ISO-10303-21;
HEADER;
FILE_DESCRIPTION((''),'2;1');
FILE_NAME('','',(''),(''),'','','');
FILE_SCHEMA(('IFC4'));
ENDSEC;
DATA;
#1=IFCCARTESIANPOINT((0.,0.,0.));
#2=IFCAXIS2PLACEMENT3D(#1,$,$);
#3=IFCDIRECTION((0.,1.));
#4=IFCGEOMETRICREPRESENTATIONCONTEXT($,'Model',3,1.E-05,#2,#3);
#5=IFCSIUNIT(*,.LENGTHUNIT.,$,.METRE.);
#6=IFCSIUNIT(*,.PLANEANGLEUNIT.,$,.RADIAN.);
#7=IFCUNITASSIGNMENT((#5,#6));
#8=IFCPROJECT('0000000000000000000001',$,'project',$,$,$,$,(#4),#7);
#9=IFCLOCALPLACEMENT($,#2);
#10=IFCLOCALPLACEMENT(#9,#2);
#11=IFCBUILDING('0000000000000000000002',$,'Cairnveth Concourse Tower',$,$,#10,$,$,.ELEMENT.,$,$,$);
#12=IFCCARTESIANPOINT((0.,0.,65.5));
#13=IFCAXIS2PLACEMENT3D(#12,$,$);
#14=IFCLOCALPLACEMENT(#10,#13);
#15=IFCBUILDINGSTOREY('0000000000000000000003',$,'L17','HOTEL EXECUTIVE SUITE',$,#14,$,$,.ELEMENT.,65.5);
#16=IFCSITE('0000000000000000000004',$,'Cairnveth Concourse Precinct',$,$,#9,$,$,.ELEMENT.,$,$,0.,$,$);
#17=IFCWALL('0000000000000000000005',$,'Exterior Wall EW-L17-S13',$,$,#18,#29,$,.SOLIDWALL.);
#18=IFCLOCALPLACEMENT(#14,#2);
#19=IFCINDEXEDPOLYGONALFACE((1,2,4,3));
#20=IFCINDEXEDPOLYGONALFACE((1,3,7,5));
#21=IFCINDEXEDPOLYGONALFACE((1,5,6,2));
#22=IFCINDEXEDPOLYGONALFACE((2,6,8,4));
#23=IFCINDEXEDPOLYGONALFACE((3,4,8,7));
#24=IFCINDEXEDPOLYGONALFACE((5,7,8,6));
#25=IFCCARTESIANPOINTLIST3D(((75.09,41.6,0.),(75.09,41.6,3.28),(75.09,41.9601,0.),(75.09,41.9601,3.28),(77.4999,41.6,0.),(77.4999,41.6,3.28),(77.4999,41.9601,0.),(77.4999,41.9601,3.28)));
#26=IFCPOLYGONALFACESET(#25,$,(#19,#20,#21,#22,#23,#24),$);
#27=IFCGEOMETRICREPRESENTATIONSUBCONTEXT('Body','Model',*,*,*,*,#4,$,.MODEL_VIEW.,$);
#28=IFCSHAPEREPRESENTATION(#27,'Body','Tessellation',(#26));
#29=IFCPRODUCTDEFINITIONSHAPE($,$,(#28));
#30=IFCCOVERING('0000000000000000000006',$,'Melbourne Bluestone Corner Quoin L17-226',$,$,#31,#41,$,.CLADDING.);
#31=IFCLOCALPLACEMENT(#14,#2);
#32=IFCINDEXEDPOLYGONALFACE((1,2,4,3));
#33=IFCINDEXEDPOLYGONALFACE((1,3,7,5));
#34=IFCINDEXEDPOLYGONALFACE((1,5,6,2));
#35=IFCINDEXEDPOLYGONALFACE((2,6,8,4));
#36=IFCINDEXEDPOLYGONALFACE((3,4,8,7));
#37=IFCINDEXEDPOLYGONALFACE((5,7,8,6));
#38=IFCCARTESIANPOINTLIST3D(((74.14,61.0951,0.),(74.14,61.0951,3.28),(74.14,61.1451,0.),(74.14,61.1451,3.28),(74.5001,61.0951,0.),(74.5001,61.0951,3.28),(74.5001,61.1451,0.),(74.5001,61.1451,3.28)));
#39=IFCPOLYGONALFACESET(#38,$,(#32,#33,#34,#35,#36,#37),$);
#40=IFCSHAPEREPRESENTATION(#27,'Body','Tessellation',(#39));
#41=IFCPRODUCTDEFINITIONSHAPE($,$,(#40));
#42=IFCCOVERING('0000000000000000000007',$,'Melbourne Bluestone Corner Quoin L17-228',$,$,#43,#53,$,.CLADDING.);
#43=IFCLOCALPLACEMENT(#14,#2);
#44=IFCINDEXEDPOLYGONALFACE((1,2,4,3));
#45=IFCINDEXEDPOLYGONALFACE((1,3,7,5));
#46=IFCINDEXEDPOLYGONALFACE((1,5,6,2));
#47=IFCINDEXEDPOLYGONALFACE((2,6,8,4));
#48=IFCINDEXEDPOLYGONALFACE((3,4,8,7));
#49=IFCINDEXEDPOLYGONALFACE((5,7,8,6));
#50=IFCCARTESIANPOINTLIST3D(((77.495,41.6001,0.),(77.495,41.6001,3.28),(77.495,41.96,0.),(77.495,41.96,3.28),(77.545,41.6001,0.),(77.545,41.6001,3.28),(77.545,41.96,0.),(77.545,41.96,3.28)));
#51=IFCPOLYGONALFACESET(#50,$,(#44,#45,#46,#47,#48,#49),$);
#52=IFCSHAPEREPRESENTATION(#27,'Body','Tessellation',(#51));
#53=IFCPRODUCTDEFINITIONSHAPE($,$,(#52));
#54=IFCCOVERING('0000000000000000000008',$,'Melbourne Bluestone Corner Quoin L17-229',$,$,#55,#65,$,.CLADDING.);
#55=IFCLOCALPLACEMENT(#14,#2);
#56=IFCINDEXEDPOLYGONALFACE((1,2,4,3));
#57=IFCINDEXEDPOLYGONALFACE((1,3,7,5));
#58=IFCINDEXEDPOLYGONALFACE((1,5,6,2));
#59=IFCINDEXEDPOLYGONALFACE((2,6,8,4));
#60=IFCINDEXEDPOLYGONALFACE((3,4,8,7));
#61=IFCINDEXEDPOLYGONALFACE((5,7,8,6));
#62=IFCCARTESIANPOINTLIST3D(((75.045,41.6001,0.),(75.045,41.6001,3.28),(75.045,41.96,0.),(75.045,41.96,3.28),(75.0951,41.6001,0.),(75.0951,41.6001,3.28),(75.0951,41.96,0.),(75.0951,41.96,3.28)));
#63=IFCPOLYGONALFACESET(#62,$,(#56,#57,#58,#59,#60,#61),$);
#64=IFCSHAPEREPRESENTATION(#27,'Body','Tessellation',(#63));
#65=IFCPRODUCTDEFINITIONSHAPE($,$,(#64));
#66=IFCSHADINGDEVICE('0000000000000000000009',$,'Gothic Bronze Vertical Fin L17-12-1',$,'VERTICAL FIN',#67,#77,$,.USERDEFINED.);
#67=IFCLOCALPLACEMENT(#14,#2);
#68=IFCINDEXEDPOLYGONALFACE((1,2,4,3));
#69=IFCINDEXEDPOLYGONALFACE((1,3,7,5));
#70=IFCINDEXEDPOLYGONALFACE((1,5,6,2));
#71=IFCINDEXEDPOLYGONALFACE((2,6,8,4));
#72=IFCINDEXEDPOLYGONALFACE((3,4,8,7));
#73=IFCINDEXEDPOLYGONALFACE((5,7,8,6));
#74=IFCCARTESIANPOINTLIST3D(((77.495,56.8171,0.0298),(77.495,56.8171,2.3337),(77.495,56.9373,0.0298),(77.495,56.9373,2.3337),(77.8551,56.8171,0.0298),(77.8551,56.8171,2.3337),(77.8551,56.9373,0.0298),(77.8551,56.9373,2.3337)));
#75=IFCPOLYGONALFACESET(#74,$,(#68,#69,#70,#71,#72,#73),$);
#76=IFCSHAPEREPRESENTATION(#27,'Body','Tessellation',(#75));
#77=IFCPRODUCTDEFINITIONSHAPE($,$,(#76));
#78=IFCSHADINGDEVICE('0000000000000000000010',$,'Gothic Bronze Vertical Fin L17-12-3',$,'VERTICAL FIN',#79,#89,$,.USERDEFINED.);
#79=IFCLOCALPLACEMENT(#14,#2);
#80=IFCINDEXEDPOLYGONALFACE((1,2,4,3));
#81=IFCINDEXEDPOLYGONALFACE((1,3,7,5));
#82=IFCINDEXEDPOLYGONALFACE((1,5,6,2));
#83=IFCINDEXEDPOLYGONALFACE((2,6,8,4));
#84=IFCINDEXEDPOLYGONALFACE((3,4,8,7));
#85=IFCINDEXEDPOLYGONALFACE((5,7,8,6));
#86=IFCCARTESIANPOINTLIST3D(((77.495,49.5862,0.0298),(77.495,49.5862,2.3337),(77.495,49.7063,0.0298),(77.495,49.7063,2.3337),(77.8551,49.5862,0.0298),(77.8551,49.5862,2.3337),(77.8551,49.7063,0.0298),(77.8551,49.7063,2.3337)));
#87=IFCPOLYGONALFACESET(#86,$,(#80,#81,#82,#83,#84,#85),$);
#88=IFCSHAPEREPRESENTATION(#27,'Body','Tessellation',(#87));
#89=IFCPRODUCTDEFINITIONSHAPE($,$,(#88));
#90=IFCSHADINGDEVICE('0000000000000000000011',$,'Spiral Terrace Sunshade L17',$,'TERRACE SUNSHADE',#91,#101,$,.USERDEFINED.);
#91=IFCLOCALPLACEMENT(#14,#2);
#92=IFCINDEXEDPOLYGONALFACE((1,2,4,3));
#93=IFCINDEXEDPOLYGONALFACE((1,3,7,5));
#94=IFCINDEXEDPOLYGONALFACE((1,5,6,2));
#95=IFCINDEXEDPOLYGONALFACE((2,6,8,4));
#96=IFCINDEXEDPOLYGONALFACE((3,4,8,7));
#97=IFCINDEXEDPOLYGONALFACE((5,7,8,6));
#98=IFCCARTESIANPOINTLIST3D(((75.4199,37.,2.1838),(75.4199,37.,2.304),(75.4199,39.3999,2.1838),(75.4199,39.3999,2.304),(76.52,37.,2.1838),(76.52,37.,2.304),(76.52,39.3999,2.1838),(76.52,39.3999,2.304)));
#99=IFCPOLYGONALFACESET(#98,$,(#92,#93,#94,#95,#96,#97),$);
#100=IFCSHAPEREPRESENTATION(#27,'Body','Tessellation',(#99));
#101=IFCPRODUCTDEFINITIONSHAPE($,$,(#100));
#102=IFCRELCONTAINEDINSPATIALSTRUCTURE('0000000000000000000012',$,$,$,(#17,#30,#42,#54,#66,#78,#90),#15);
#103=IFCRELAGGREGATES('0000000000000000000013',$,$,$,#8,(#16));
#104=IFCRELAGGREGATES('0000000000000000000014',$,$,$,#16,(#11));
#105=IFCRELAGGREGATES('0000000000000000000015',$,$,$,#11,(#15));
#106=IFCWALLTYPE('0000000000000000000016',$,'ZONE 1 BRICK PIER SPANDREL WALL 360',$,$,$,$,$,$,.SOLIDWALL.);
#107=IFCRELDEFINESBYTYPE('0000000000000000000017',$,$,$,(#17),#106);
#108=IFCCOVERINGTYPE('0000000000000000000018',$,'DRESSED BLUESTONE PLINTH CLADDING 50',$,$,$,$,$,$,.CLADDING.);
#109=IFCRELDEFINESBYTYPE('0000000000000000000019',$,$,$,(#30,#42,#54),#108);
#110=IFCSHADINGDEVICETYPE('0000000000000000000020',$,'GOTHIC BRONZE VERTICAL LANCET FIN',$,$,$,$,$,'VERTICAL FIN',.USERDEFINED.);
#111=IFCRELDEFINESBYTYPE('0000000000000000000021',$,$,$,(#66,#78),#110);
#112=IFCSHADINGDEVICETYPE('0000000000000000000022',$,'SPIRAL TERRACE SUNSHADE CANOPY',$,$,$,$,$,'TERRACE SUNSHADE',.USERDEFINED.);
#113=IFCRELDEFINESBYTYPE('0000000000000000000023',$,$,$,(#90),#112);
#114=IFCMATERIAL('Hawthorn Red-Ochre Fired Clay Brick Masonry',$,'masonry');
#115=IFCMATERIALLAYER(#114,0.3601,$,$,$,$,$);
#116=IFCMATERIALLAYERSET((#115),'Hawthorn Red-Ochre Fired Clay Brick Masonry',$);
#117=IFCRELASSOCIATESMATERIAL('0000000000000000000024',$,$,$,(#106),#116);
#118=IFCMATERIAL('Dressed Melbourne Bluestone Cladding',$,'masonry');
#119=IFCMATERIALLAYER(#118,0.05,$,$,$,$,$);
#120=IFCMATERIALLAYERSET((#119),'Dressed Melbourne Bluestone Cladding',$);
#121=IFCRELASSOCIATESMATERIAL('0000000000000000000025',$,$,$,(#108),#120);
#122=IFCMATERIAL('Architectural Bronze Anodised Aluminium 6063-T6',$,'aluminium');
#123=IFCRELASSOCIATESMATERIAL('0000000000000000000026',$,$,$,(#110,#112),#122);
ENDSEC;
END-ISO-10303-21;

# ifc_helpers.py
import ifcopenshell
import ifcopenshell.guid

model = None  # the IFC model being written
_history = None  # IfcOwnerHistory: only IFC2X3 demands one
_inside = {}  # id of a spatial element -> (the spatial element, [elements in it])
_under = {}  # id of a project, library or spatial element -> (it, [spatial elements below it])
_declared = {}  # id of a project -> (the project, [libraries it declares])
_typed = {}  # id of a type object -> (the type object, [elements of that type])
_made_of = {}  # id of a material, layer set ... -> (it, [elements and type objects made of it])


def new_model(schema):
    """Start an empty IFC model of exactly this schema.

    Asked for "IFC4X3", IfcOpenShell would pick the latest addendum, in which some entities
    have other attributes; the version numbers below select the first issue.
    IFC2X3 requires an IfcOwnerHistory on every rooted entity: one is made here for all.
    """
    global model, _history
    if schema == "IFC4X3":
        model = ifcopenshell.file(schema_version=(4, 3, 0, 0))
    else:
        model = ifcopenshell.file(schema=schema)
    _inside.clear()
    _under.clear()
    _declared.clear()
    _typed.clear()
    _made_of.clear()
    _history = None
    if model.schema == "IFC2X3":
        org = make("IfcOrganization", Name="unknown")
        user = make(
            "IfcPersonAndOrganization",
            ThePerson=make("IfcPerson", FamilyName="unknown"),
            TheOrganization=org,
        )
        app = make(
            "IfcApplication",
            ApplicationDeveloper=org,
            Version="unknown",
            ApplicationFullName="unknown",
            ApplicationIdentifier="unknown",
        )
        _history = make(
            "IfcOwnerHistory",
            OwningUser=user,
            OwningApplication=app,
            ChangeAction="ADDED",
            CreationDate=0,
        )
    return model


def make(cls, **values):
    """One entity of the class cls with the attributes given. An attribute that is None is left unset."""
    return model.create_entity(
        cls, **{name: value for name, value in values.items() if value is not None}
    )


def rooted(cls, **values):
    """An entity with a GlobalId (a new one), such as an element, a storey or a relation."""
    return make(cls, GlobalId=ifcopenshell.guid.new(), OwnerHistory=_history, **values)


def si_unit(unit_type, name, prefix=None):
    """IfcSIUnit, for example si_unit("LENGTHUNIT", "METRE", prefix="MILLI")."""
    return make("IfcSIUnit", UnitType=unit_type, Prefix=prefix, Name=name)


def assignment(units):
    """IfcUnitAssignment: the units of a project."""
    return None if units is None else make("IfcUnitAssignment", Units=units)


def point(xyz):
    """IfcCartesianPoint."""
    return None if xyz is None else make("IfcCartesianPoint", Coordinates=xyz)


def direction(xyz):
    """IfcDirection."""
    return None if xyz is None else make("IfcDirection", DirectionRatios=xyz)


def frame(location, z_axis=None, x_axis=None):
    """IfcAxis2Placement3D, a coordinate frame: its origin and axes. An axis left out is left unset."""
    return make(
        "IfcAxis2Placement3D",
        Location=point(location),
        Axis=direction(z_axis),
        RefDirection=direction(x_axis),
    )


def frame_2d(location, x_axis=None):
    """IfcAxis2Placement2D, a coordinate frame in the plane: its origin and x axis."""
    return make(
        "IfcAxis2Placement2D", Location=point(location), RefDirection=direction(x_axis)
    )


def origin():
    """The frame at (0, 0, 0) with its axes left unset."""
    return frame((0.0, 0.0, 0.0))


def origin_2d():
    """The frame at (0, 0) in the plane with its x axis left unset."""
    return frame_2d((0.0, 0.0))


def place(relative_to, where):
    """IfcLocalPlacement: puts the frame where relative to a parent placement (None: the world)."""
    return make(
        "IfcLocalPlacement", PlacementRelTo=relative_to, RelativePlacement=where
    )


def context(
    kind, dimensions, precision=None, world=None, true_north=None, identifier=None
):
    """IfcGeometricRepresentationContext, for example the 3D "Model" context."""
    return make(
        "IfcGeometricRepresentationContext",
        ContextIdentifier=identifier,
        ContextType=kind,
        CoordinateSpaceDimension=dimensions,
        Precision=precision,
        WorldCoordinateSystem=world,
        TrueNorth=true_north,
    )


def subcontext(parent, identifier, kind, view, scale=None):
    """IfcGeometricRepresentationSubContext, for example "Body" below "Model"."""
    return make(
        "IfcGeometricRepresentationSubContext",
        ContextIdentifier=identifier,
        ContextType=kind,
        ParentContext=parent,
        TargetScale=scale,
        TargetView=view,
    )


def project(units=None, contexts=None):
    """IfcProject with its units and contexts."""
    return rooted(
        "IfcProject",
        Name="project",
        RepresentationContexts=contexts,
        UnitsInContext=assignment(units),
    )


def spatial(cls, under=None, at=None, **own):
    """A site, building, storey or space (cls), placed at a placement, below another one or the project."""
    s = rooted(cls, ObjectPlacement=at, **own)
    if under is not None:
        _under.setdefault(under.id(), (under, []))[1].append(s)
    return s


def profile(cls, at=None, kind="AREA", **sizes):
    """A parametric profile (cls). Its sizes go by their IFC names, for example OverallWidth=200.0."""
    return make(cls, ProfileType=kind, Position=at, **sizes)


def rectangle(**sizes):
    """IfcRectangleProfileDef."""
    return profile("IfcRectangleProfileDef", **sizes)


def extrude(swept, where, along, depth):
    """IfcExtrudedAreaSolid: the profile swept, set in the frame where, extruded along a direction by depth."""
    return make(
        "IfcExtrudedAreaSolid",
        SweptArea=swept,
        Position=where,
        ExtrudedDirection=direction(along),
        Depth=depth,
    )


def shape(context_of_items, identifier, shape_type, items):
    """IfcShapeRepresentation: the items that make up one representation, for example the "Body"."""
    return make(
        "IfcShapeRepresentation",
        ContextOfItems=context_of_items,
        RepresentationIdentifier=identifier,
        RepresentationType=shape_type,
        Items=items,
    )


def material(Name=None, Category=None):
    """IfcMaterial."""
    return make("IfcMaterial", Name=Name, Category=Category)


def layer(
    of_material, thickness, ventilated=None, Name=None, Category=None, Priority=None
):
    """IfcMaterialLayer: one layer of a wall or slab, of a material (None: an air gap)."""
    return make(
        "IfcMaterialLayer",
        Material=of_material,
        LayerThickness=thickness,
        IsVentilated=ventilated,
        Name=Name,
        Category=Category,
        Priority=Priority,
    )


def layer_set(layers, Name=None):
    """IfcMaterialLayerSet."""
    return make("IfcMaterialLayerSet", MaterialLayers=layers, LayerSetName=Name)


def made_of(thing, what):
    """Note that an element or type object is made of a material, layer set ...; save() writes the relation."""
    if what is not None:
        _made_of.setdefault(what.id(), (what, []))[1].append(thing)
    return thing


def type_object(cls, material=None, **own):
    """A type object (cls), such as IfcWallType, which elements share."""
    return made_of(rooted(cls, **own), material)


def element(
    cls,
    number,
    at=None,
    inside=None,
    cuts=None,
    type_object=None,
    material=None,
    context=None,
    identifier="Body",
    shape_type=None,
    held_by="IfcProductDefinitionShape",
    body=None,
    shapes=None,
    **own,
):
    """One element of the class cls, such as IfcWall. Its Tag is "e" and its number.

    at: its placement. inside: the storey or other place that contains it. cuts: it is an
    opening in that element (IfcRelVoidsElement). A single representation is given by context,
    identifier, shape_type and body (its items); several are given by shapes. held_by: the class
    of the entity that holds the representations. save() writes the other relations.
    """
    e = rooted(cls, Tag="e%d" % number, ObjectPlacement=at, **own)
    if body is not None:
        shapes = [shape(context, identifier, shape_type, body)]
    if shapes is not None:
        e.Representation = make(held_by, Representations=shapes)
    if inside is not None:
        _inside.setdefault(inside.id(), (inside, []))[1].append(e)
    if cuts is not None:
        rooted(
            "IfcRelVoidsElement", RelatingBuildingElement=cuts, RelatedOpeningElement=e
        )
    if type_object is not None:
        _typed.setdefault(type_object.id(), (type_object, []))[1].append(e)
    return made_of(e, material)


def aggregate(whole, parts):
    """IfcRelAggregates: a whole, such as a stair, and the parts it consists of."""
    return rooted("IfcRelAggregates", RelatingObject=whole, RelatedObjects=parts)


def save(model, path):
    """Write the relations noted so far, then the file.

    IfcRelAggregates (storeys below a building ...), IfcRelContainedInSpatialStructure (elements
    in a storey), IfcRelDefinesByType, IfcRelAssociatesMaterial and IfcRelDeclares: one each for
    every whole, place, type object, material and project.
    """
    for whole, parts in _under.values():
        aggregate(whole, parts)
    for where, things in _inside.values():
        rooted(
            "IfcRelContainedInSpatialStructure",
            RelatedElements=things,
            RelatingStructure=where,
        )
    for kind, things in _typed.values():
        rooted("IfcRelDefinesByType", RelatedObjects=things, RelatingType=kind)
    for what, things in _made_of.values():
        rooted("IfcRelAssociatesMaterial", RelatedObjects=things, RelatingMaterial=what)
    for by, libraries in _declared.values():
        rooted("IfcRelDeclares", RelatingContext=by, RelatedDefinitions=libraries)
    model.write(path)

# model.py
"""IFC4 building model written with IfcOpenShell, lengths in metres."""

from ifc_helpers import new_model, si_unit, direction, frame, frame_2d, origin, origin_2d, place, context, subcontext, project, spatial, rectangle, extrude, material, layer, layer_set, type_object, element, save


model = new_model("IFC4")

# Units and contexts
model_context = context("Model", 3, precision=1e-05, world=origin(), true_north=direction((0.0, 1.0)))
body_context = subcontext(model_context, "Body", "Model", "MODEL_VIEW")
ifc_project = project(units=[si_unit("LENGTHUNIT", "METRE"), si_unit("PLANEANGLEUNIT", "RADIAN")], contexts=[model_context])

# Site, building, storey
site_placement = place(None, origin())
site = spatial("IfcSite", under=ifc_project, at=site_placement, Name="Cairnveth Concourse Precinct", CompositionType="ELEMENT", RefElevation=0.0)
building_placement = place(site_placement, origin())
building = spatial("IfcBuilding", under=site, at=building_placement, Name="Cairnveth Concourse Tower", CompositionType="ELEMENT")
storey_placement = place(building_placement, frame((0.0, 0.0, 65.5)))
storey = spatial("IfcBuildingStorey", under=building, at=storey_placement, Name="L17", Description="HOTEL EXECUTIVE SUITE", CompositionType="ELEMENT", Elevation=65.5)

# Wall
ifc_material_1 = material(Name="Hawthorn Red-Ochre Fired Clay Brick Masonry", Category="masonry")
ifc_layer_1 = layer(ifc_material_1, 0.3601)
ifc_layer_set_1 = layer_set([ifc_layer_1], Name="Hawthorn Red-Ochre Fired Clay Brick Masonry")
wall_type_1 = type_object("IfcWallType", Name="ZONE 1 BRICK PIER SPANDREL WALL 360", PredefinedType="SOLIDWALL", material=ifc_layer_set_1)
wall_1_placement = place(storey_placement, frame((77.5, 41.78, 0.0), z_axis=(0.0, 0.0, 1.0), x_axis=(-1.0, 0.0, 0.0)))
element("IfcWall", 1, at=wall_1_placement, inside=storey, type_object=wall_type_1, Name="Exterior Wall EW-L17-S13", PredefinedType="SOLIDWALL", context=body_context, shape_type="SweptSolid", body=[
    extrude(rectangle(XDim=2.4099, YDim=0.3601, at=frame_2d((1.2051, 0.0))), origin(), (0.0, 0.0, 1.0), 3.28),
])

# Shared definitions
ifc_material_2 = material(Name="Architectural Bronze Anodised Aluminium 6063-T6", Category="aluminium")

# Coverings
ifc_material_3 = material(Name="Dressed Melbourne Bluestone Cladding", Category="masonry")
ifc_layer_2 = layer(ifc_material_3, 0.05)
ifc_layer_set_2 = layer_set([ifc_layer_2], Name="Dressed Melbourne Bluestone Cladding")
covering_type = type_object("IfcCoveringType", Name="DRESSED BLUESTONE PLINTH CLADDING 50", PredefinedType="CLADDING", material=ifc_layer_set_2)
covering_placement = place(storey_placement, frame((74.1399, 61.1201, 0.0), z_axis=(0.0, 0.0, 1.0), x_axis=(1.0, 0.0, 0.0)))
element("IfcCovering", 2, at=covering_placement, inside=storey, type_object=covering_type, Name="Melbourne Bluestone Corner Quoin L17-226", PredefinedType="CLADDING", context=body_context, shape_type="SweptSolid", body=[
    extrude(rectangle(XDim=0.3601, YDim=0.05, at=frame_2d((0.1802, 0.0))), origin(), (0.0, 0.0, 1.0), 3.28),
])
for number, where, z_axis, x_axis, name in (
    (3, (77.52, 41.96, 0.0), (0.0, 0.0, 1.0), (0.0, -1.0, 0.0), "Melbourne Bluestone Corner Quoin L17-228"),
    (4, (75.0701, 41.96, 0.0), (0.0, 0.0, 1.0), (0.0, -1.0, 0.0), "Melbourne Bluestone Corner Quoin L17-229"),
):
    element("IfcCovering", number, at=place(storey_placement, frame(where, z_axis=z_axis, x_axis=x_axis)), inside=storey, type_object=covering_type, Name=name, PredefinedType="CLADDING", context=body_context, shape_type="SweptSolid", body=[
        extrude(rectangle(XDim=0.3599, YDim=0.05, at=frame_2d((0.1799, 0.0))), origin(), (0.0, 0.0, 1.0), 3.28),
    ])

# Shading devices
shading_device_type_1 = type_object("IfcShadingDeviceType", Name="GOTHIC BRONZE VERTICAL LANCET FIN", ElementType="VERTICAL FIN", PredefinedType="USERDEFINED", material=ifc_material_2)
for number, where, z_axis, x_axis, name in (
    (5, (77.675, 56.8772, 0.0298), (0.0, 0.0, 1.0), (0.0, 1.0, 0.0), "Gothic Bronze Vertical Fin L17-12-1"),
    (6, (77.675, 49.6462, 0.0298), (0.0, 0.0, 1.0), (0.0, 1.0, 0.0), "Gothic Bronze Vertical Fin L17-12-3"),
):
    element("IfcShadingDevice", number, at=place(storey_placement, frame(where, z_axis=z_axis, x_axis=x_axis)), inside=storey, type_object=shading_device_type_1, Name=name, ObjectType="VERTICAL FIN", PredefinedType="USERDEFINED", context=body_context, shape_type="SweptSolid", body=[
        extrude(rectangle(XDim=0.1201, YDim=0.3601, at=origin_2d()), origin(), (0.0, 0.0, 1.0), 2.304),
    ])
shading_device_type_2 = type_object("IfcShadingDeviceType", Name="SPIRAL TERRACE SUNSHADE CANOPY", ElementType="TERRACE SUNSHADE", PredefinedType="USERDEFINED", material=ifc_material_2)
shading_device_placement = place(storey_placement, frame((75.97, 38.2, 2.1838), z_axis=(0.0, 0.0, 1.0), x_axis=(1.0, 0.0, 0.0)))
element("IfcShadingDevice", 7, at=shading_device_placement, inside=storey, type_object=shading_device_type_2, Name="Spiral Terrace Sunshade L17", ObjectType="TERRACE SUNSHADE", PredefinedType="USERDEFINED", context=body_context, shape_type="SweptSolid", body=[
    extrude(rectangle(XDim=1.1001, YDim=2.3999, at=origin_2d()), origin(), (0.0, 0.0, 1.0), 0.1201),
])

save(model, "model.ifc")
